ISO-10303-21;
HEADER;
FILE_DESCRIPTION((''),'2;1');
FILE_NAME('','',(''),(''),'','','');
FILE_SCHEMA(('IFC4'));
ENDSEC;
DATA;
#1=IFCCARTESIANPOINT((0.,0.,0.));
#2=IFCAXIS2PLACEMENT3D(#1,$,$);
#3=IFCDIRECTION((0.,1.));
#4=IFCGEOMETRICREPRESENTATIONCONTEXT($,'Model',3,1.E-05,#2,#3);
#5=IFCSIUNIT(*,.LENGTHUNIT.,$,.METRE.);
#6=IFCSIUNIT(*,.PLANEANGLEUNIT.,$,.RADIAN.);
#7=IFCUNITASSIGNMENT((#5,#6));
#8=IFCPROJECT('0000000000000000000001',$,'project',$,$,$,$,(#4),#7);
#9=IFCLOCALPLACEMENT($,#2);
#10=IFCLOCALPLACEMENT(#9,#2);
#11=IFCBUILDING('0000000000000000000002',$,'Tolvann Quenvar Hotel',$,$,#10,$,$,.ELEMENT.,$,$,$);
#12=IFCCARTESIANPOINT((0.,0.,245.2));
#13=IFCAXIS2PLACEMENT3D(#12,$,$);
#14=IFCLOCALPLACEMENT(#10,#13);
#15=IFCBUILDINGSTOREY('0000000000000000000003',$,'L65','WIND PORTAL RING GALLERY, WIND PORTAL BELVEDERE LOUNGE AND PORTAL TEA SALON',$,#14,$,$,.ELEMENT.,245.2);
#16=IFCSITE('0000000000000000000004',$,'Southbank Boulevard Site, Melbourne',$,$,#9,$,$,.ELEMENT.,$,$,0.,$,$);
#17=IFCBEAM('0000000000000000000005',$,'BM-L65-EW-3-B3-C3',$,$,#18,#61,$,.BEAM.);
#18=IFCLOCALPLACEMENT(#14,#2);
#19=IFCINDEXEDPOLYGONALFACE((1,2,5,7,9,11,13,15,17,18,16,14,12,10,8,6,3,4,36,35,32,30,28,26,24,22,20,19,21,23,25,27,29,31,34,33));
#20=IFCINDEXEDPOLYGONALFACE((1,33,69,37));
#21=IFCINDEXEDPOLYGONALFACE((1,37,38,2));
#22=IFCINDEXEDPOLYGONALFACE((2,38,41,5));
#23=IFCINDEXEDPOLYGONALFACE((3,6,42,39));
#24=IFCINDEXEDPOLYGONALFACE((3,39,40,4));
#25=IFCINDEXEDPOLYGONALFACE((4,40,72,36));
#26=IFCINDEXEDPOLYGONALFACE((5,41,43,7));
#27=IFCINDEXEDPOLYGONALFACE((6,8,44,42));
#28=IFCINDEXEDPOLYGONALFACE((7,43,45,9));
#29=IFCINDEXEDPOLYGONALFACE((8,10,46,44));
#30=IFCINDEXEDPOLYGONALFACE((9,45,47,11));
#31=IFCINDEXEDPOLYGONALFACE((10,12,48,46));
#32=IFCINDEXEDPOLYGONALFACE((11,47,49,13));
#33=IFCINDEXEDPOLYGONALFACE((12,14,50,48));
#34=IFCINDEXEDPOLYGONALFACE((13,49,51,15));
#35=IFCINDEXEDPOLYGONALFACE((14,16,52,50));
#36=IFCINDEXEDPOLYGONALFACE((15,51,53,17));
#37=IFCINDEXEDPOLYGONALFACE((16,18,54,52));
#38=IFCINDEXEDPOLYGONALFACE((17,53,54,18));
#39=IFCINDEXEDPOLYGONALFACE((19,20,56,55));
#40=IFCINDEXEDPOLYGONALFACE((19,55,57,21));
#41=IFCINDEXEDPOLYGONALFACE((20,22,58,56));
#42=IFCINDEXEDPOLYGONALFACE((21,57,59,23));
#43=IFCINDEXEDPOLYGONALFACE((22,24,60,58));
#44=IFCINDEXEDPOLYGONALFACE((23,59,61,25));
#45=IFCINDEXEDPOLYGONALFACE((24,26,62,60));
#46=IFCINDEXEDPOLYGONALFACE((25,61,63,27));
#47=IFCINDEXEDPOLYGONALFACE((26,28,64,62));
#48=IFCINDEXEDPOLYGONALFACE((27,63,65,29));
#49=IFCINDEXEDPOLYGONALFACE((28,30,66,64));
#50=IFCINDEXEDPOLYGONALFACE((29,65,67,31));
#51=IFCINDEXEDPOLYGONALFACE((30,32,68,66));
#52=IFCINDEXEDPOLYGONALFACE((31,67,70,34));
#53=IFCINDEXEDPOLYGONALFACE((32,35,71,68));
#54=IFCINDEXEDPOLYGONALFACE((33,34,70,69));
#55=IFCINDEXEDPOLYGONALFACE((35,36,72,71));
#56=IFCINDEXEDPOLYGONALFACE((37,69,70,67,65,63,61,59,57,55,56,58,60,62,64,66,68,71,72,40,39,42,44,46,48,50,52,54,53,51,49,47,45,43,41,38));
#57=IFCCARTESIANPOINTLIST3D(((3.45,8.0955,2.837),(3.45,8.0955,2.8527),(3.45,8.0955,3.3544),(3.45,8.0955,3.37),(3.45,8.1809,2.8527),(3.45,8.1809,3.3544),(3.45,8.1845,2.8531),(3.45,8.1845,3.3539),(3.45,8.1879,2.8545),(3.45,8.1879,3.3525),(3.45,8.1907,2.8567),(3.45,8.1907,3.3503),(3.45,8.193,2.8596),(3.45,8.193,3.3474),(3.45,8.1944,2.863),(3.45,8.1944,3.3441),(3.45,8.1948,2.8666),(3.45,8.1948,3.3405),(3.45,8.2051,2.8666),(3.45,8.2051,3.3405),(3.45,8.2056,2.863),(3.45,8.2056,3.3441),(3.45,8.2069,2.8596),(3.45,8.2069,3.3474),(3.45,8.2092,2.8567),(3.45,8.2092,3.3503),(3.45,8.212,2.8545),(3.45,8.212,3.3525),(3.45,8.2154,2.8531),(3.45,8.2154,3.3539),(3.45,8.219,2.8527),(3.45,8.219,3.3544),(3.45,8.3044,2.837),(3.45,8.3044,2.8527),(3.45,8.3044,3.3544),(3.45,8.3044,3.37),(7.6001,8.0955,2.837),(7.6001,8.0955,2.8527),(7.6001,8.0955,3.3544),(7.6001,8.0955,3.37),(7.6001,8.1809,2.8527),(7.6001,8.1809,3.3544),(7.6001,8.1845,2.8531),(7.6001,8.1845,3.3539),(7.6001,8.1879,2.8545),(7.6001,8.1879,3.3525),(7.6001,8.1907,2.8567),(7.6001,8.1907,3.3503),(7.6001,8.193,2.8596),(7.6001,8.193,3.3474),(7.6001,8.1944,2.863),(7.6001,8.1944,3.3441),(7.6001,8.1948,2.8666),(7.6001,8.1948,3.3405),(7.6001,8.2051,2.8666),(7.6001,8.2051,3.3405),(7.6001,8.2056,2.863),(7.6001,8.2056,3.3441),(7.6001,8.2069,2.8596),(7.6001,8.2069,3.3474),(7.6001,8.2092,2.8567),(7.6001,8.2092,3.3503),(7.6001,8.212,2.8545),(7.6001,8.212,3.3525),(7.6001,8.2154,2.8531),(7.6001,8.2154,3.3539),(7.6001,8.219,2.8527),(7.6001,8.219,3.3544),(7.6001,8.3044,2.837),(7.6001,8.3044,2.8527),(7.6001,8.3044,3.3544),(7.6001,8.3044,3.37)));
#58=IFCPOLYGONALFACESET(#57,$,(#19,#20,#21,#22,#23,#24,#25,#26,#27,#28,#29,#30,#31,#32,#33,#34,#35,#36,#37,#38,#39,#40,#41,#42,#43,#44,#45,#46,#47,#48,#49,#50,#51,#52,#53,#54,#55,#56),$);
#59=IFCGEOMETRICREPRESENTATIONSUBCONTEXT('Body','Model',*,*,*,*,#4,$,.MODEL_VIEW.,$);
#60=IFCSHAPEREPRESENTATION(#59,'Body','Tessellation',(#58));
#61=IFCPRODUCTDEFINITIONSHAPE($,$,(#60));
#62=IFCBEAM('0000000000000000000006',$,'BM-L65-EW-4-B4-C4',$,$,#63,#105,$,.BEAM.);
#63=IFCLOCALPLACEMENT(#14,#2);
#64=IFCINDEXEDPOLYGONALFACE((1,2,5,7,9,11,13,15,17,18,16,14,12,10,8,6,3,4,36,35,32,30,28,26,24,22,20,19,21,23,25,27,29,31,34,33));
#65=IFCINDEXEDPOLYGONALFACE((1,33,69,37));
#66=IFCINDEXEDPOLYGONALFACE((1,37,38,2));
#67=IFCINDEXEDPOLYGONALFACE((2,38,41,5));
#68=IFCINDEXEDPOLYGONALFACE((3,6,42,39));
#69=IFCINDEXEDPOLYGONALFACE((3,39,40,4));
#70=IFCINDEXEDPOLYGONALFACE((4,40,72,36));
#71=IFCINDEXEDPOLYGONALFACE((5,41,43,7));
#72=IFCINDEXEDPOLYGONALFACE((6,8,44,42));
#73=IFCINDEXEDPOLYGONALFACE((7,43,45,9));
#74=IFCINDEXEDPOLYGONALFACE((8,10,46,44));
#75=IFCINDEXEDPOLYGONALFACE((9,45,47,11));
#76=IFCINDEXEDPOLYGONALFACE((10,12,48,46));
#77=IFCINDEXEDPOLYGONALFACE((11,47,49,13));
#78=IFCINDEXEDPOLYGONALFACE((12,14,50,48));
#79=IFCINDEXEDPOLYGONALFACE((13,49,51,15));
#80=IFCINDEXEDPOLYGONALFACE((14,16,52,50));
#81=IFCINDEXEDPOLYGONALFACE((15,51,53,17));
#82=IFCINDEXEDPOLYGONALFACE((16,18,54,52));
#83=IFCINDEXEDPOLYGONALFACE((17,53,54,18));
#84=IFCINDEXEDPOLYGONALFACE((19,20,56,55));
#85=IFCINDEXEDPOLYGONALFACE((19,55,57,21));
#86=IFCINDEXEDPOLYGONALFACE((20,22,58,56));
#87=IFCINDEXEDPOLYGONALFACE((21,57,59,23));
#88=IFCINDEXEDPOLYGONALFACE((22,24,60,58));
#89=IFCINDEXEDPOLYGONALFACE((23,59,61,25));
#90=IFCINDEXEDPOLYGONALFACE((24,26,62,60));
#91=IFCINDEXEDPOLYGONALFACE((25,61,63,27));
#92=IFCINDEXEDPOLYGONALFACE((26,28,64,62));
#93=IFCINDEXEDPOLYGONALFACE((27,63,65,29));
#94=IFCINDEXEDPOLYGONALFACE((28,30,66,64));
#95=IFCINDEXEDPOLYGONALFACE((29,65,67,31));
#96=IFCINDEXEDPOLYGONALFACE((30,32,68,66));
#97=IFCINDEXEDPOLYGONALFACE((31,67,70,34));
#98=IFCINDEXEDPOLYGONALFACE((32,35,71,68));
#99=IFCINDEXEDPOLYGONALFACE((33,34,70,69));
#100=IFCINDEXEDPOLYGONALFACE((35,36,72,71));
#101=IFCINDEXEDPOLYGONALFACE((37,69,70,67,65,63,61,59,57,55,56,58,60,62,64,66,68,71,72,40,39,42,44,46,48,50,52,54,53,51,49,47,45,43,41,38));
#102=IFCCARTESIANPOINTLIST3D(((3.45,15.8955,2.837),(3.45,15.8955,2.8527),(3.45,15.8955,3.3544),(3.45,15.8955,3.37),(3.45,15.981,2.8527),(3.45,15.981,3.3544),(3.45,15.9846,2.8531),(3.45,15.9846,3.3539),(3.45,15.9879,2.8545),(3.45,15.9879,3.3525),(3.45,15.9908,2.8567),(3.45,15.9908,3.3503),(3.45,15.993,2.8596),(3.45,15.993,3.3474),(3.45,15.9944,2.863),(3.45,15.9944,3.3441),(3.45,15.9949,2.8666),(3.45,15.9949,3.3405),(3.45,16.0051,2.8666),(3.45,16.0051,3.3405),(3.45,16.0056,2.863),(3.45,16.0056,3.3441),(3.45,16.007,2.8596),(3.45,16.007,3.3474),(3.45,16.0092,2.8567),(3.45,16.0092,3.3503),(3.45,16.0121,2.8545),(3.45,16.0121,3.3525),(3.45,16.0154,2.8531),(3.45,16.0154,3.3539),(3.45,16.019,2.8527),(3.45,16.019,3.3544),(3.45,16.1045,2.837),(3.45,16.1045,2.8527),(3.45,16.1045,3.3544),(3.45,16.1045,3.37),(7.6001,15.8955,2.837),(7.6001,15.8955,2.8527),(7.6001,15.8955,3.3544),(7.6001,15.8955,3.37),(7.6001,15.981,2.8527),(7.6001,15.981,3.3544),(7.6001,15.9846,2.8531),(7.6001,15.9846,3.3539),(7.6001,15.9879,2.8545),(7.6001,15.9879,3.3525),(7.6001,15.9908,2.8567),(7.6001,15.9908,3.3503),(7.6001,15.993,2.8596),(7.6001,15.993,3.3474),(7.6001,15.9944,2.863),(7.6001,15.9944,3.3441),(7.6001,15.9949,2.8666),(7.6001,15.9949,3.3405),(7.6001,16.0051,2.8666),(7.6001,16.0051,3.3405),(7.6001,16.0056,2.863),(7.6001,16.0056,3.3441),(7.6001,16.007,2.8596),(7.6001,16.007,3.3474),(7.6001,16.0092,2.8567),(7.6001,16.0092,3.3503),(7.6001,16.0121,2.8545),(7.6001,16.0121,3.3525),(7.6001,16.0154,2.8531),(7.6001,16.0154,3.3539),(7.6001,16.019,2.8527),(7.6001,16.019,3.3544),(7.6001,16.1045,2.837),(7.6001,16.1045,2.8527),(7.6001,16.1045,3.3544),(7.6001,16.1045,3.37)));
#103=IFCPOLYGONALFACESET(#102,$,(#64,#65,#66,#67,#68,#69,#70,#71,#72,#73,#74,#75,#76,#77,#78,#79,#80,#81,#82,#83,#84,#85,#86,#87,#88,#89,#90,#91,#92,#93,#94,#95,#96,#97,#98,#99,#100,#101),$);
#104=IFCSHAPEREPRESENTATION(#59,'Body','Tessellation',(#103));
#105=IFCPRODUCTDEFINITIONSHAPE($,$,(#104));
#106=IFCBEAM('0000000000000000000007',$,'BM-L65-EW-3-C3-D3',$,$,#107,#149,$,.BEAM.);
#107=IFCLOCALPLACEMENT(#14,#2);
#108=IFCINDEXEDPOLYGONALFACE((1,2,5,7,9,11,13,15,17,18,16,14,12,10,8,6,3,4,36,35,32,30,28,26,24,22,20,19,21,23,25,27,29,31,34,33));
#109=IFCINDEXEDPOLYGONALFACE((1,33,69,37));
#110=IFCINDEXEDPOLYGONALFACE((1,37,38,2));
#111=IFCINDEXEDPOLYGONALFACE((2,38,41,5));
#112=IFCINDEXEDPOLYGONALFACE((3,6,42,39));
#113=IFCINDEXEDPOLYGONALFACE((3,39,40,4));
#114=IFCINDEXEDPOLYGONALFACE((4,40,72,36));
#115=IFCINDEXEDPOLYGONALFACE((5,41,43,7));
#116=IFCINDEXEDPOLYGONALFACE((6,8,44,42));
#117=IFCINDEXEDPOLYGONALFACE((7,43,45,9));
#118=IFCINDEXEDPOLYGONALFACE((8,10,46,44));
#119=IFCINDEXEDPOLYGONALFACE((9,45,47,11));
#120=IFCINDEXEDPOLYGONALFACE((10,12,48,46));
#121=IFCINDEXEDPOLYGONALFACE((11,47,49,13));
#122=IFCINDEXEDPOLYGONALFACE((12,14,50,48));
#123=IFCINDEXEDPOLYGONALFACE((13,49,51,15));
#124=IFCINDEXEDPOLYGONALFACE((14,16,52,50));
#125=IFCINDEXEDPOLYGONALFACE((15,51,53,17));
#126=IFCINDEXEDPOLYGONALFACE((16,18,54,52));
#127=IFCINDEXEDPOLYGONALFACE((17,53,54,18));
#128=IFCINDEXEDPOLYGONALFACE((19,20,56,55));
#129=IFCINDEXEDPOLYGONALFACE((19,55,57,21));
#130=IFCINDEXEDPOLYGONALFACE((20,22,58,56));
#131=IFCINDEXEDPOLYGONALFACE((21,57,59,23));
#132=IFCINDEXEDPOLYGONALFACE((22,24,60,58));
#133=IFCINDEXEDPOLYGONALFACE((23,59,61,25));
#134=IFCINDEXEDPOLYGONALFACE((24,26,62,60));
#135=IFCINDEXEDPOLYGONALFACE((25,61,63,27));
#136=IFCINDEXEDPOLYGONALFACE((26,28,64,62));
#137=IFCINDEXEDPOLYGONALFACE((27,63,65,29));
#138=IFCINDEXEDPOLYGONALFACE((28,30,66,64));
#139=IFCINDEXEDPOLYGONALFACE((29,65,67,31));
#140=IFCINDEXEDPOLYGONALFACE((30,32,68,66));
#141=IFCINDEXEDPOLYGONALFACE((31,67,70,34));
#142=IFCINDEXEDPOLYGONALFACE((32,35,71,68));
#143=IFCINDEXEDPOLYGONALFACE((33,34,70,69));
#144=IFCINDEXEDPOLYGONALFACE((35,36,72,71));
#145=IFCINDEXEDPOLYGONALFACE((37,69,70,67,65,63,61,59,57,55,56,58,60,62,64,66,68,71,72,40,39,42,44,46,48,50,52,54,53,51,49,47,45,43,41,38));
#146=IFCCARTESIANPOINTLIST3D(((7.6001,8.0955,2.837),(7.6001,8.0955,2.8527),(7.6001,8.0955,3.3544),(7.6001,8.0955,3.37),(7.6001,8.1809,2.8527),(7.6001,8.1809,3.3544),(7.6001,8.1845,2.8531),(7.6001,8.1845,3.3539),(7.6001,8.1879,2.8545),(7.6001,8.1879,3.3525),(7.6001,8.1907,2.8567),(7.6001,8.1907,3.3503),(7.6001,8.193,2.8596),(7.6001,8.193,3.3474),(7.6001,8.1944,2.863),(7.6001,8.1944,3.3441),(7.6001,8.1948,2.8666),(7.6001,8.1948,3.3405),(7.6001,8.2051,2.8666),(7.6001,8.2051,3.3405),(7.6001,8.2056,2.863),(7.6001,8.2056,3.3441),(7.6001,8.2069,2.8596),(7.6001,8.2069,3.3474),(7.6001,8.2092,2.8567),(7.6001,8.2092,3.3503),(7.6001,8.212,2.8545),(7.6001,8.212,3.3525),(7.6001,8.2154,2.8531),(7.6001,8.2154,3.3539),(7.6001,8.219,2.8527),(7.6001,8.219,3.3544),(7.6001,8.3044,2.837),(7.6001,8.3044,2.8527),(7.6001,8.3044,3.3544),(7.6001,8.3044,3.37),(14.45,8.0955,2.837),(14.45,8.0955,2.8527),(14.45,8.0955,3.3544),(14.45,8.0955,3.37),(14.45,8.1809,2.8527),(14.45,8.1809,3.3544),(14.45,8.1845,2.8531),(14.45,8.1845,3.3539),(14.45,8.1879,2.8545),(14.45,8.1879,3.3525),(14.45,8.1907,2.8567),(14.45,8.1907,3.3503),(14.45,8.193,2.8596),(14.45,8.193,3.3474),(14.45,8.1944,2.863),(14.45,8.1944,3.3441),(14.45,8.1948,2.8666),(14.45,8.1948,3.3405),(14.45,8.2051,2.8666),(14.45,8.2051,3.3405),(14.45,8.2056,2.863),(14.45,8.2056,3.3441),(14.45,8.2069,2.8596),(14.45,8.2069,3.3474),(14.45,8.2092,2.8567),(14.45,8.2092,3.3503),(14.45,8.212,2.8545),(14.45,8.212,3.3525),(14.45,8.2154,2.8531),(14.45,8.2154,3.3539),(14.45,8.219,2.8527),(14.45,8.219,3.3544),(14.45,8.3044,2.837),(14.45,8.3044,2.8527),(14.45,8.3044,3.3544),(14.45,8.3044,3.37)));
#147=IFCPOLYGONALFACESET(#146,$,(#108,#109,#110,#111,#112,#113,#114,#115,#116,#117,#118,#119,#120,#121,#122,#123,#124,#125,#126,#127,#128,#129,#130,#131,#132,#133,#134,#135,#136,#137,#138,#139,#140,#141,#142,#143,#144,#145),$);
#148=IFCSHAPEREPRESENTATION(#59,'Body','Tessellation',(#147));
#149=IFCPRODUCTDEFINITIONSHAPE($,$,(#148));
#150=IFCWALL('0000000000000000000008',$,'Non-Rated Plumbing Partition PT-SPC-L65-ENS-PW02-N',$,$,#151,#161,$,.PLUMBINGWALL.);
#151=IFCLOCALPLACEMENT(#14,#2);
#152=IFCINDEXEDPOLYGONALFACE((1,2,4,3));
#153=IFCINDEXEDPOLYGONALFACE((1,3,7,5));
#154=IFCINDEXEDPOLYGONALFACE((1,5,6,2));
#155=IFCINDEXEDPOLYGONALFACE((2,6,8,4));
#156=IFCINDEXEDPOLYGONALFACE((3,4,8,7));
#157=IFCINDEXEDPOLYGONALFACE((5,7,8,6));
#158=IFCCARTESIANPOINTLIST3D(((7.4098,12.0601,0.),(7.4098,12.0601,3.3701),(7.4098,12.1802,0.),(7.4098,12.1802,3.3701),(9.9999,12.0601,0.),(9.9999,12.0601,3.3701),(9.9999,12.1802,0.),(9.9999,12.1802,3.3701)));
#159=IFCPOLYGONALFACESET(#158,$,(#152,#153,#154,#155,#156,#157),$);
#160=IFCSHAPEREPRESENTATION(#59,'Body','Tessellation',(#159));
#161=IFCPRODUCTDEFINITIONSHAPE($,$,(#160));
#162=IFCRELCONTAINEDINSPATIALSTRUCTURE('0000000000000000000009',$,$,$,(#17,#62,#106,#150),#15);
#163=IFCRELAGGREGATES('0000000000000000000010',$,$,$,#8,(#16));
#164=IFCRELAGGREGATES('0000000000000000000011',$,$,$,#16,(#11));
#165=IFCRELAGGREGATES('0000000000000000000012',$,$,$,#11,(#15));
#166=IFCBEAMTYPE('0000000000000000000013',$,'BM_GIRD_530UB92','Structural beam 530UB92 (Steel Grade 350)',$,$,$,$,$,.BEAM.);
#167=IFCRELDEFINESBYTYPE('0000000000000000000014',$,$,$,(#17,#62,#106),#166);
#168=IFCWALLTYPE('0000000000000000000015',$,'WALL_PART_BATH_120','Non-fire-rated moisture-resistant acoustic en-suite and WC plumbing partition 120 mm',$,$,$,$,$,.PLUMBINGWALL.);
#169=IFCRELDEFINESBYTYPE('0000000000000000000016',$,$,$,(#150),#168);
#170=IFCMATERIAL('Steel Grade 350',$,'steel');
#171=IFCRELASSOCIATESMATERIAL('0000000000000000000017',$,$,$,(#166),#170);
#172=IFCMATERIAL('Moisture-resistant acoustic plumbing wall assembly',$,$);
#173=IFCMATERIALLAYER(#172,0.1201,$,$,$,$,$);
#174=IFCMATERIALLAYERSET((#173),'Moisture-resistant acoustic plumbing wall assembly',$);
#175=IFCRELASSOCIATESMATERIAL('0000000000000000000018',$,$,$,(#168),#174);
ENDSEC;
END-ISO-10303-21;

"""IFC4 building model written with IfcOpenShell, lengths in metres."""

from ifc_helpers import new_model, si_unit, direction, frame, frame_2d, origin, origin_2d, place, context, subcontext, project, spatial, rectangle, i_section, extrude, source, transform, mapped, material, layer, layer_set, material_profile, profile_set, type_object, element, save


model = new_model("IFC4")

# Units and contexts
model_context = context("Model", 3, precision=1e-05, world=origin(), true_north=direction((0.0, 1.0)))
body_context = subcontext(model_context, "Body", "Model", "MODEL_VIEW")
ifc_project = project(units=[si_unit("LENGTHUNIT", "METRE"), si_unit("PLANEANGLEUNIT", "RADIAN")], contexts=[model_context])

# Site, building, storey
site_placement = place(None, origin())
site = spatial("IfcSite", under=ifc_project, at=site_placement, Name="Southbank Boulevard Site, Melbourne", CompositionType="ELEMENT", RefElevation=0.0)
building_placement = place(site_placement, origin())
building = spatial("IfcBuilding", under=site, at=building_placement, Name="Tolvann Quenvar Hotel", CompositionType="ELEMENT")
storey_placement = place(building_placement, frame((0.0, 0.0, 245.2)))
storey = spatial("IfcBuildingStorey", under=building, at=storey_placement, Name="L65", Description="WIND PORTAL RING GALLERY, WIND PORTAL BELVEDERE LOUNGE AND PORTAL TEA SALON", CompositionType="ELEMENT", Elevation=245.2)

# Shared definitions
ifc_material_1 = material(Name="Steel Grade 350", Category="steel")

# Beams
ifc_material_profile_1 = material_profile(ifc_material_1, i_section(OverallWidth=0.209, OverallDepth=0.533, WebThickness=0.0103, FlangeThickness=0.0156, FilletRadius=0.0139, at=origin_2d()), Name="530UB92")
ifc_profile_set_1 = profile_set([ifc_material_profile_1], Name="Steel Grade 350")
beam_type_1 = type_object("IfcBeamType", Name="BM_GIRD_530UB92", Description="Structural beam 530UB92 (Steel Grade 350)", PredefinedType="BEAM", material=ifc_profile_set_1)
shared_shape_1 = source(origin(), body_context, "Body", "SweptSolid", [
    extrude(i_section(OverallWidth=0.209, OverallDepth=0.533, WebThickness=0.0103, FlangeThickness=0.0156, FilletRadius=0.0139, at=origin_2d()), origin(), (0.0, 0.0, 1.0), 4.1501),
])
for number, where, z_axis, x_axis, name in (
    (1, (3.45, 8.2, 3.1035), (1.0, 0.0, 0.0), (0.0, 1.0, 0.0), "BM-L65-EW-3-B3-C3"),
    (2, (3.45, 16.0, 3.1035), (1.0, 0.0, 0.0), (0.0, 1.0, 0.0), "BM-L65-EW-4-B4-C4"),
):
    element("IfcBeam", number, at=place(storey_placement, frame(where, z_axis=z_axis, x_axis=x_axis)), inside=storey, type_object=beam_type_1, Name=name, PredefinedType="BEAM", context=body_context, shape_type="MappedRepresentation", body=[
        mapped(shared_shape_1, transform((0.0, 0.0, 0.0), x_axis=(1.0, 0.0, 0.0), y_axis=(0.0, 1.0, 0.0), z_axis=(0.0, 0.0, 1.0), scale=1.0)),
    ])
shared_shape_2 = source(origin(), body_context, "Body", "SweptSolid", [
    extrude(i_section(OverallWidth=0.209, OverallDepth=0.533, WebThickness=0.0103, FlangeThickness=0.0156, FilletRadius=0.0139, at=origin_2d()), origin(), (0.0, 0.0, 1.0), 6.8499),
])
beam_1_placement = place(storey_placement, frame((7.6001, 8.2, 3.1035), z_axis=(1.0, 0.0, 0.0), x_axis=(0.0, 1.0, 0.0)))
element("IfcBeam", 3, at=beam_1_placement, inside=storey, type_object=beam_type_1, Name="BM-L65-EW-3-C3-D3", PredefinedType="BEAM", context=body_context, shape_type="MappedRepresentation", body=[
    mapped(shared_shape_2, transform((0.0, 0.0, 0.0), x_axis=(1.0, 0.0, 0.0), y_axis=(0.0, 1.0, 0.0), z_axis=(0.0, 0.0, 1.0), scale=1.0)),
])

# Wall
ifc_material_2 = material(Name="Moisture-resistant acoustic plumbing wall assembly")
ifc_layer_1 = layer(ifc_material_2, 0.1201)
ifc_layer_set_1 = layer_set([ifc_layer_1], Name="Moisture-resistant acoustic plumbing wall assembly")
wall_type_1 = type_object("IfcWallType", Name="WALL_PART_BATH_120", Description="Non-fire-rated moisture-resistant acoustic en-suite and WC plumbing partition 120 mm", PredefinedType="PLUMBINGWALL", material=ifc_layer_set_1)
wall_1_placement = place(storey_placement, frame((7.4099, 12.1201, 0.0), z_axis=(0.0, 0.0, 1.0), x_axis=(1.0, 0.0, 0.0)))
element("IfcWall", 4, at=wall_1_placement, inside=storey, type_object=wall_type_1, Name="Non-Rated Plumbing Partition PT-SPC-L65-ENS-PW02-N", PredefinedType="PLUMBINGWALL", context=body_context, shape_type="SweptSolid", body=[
    extrude(rectangle(XDim=2.5901, YDim=0.1201, at=frame_2d((1.2949, 0.0))), origin(), (0.0, 0.0, 1.0), 3.3701),
])

save(model, "model.ifc")
